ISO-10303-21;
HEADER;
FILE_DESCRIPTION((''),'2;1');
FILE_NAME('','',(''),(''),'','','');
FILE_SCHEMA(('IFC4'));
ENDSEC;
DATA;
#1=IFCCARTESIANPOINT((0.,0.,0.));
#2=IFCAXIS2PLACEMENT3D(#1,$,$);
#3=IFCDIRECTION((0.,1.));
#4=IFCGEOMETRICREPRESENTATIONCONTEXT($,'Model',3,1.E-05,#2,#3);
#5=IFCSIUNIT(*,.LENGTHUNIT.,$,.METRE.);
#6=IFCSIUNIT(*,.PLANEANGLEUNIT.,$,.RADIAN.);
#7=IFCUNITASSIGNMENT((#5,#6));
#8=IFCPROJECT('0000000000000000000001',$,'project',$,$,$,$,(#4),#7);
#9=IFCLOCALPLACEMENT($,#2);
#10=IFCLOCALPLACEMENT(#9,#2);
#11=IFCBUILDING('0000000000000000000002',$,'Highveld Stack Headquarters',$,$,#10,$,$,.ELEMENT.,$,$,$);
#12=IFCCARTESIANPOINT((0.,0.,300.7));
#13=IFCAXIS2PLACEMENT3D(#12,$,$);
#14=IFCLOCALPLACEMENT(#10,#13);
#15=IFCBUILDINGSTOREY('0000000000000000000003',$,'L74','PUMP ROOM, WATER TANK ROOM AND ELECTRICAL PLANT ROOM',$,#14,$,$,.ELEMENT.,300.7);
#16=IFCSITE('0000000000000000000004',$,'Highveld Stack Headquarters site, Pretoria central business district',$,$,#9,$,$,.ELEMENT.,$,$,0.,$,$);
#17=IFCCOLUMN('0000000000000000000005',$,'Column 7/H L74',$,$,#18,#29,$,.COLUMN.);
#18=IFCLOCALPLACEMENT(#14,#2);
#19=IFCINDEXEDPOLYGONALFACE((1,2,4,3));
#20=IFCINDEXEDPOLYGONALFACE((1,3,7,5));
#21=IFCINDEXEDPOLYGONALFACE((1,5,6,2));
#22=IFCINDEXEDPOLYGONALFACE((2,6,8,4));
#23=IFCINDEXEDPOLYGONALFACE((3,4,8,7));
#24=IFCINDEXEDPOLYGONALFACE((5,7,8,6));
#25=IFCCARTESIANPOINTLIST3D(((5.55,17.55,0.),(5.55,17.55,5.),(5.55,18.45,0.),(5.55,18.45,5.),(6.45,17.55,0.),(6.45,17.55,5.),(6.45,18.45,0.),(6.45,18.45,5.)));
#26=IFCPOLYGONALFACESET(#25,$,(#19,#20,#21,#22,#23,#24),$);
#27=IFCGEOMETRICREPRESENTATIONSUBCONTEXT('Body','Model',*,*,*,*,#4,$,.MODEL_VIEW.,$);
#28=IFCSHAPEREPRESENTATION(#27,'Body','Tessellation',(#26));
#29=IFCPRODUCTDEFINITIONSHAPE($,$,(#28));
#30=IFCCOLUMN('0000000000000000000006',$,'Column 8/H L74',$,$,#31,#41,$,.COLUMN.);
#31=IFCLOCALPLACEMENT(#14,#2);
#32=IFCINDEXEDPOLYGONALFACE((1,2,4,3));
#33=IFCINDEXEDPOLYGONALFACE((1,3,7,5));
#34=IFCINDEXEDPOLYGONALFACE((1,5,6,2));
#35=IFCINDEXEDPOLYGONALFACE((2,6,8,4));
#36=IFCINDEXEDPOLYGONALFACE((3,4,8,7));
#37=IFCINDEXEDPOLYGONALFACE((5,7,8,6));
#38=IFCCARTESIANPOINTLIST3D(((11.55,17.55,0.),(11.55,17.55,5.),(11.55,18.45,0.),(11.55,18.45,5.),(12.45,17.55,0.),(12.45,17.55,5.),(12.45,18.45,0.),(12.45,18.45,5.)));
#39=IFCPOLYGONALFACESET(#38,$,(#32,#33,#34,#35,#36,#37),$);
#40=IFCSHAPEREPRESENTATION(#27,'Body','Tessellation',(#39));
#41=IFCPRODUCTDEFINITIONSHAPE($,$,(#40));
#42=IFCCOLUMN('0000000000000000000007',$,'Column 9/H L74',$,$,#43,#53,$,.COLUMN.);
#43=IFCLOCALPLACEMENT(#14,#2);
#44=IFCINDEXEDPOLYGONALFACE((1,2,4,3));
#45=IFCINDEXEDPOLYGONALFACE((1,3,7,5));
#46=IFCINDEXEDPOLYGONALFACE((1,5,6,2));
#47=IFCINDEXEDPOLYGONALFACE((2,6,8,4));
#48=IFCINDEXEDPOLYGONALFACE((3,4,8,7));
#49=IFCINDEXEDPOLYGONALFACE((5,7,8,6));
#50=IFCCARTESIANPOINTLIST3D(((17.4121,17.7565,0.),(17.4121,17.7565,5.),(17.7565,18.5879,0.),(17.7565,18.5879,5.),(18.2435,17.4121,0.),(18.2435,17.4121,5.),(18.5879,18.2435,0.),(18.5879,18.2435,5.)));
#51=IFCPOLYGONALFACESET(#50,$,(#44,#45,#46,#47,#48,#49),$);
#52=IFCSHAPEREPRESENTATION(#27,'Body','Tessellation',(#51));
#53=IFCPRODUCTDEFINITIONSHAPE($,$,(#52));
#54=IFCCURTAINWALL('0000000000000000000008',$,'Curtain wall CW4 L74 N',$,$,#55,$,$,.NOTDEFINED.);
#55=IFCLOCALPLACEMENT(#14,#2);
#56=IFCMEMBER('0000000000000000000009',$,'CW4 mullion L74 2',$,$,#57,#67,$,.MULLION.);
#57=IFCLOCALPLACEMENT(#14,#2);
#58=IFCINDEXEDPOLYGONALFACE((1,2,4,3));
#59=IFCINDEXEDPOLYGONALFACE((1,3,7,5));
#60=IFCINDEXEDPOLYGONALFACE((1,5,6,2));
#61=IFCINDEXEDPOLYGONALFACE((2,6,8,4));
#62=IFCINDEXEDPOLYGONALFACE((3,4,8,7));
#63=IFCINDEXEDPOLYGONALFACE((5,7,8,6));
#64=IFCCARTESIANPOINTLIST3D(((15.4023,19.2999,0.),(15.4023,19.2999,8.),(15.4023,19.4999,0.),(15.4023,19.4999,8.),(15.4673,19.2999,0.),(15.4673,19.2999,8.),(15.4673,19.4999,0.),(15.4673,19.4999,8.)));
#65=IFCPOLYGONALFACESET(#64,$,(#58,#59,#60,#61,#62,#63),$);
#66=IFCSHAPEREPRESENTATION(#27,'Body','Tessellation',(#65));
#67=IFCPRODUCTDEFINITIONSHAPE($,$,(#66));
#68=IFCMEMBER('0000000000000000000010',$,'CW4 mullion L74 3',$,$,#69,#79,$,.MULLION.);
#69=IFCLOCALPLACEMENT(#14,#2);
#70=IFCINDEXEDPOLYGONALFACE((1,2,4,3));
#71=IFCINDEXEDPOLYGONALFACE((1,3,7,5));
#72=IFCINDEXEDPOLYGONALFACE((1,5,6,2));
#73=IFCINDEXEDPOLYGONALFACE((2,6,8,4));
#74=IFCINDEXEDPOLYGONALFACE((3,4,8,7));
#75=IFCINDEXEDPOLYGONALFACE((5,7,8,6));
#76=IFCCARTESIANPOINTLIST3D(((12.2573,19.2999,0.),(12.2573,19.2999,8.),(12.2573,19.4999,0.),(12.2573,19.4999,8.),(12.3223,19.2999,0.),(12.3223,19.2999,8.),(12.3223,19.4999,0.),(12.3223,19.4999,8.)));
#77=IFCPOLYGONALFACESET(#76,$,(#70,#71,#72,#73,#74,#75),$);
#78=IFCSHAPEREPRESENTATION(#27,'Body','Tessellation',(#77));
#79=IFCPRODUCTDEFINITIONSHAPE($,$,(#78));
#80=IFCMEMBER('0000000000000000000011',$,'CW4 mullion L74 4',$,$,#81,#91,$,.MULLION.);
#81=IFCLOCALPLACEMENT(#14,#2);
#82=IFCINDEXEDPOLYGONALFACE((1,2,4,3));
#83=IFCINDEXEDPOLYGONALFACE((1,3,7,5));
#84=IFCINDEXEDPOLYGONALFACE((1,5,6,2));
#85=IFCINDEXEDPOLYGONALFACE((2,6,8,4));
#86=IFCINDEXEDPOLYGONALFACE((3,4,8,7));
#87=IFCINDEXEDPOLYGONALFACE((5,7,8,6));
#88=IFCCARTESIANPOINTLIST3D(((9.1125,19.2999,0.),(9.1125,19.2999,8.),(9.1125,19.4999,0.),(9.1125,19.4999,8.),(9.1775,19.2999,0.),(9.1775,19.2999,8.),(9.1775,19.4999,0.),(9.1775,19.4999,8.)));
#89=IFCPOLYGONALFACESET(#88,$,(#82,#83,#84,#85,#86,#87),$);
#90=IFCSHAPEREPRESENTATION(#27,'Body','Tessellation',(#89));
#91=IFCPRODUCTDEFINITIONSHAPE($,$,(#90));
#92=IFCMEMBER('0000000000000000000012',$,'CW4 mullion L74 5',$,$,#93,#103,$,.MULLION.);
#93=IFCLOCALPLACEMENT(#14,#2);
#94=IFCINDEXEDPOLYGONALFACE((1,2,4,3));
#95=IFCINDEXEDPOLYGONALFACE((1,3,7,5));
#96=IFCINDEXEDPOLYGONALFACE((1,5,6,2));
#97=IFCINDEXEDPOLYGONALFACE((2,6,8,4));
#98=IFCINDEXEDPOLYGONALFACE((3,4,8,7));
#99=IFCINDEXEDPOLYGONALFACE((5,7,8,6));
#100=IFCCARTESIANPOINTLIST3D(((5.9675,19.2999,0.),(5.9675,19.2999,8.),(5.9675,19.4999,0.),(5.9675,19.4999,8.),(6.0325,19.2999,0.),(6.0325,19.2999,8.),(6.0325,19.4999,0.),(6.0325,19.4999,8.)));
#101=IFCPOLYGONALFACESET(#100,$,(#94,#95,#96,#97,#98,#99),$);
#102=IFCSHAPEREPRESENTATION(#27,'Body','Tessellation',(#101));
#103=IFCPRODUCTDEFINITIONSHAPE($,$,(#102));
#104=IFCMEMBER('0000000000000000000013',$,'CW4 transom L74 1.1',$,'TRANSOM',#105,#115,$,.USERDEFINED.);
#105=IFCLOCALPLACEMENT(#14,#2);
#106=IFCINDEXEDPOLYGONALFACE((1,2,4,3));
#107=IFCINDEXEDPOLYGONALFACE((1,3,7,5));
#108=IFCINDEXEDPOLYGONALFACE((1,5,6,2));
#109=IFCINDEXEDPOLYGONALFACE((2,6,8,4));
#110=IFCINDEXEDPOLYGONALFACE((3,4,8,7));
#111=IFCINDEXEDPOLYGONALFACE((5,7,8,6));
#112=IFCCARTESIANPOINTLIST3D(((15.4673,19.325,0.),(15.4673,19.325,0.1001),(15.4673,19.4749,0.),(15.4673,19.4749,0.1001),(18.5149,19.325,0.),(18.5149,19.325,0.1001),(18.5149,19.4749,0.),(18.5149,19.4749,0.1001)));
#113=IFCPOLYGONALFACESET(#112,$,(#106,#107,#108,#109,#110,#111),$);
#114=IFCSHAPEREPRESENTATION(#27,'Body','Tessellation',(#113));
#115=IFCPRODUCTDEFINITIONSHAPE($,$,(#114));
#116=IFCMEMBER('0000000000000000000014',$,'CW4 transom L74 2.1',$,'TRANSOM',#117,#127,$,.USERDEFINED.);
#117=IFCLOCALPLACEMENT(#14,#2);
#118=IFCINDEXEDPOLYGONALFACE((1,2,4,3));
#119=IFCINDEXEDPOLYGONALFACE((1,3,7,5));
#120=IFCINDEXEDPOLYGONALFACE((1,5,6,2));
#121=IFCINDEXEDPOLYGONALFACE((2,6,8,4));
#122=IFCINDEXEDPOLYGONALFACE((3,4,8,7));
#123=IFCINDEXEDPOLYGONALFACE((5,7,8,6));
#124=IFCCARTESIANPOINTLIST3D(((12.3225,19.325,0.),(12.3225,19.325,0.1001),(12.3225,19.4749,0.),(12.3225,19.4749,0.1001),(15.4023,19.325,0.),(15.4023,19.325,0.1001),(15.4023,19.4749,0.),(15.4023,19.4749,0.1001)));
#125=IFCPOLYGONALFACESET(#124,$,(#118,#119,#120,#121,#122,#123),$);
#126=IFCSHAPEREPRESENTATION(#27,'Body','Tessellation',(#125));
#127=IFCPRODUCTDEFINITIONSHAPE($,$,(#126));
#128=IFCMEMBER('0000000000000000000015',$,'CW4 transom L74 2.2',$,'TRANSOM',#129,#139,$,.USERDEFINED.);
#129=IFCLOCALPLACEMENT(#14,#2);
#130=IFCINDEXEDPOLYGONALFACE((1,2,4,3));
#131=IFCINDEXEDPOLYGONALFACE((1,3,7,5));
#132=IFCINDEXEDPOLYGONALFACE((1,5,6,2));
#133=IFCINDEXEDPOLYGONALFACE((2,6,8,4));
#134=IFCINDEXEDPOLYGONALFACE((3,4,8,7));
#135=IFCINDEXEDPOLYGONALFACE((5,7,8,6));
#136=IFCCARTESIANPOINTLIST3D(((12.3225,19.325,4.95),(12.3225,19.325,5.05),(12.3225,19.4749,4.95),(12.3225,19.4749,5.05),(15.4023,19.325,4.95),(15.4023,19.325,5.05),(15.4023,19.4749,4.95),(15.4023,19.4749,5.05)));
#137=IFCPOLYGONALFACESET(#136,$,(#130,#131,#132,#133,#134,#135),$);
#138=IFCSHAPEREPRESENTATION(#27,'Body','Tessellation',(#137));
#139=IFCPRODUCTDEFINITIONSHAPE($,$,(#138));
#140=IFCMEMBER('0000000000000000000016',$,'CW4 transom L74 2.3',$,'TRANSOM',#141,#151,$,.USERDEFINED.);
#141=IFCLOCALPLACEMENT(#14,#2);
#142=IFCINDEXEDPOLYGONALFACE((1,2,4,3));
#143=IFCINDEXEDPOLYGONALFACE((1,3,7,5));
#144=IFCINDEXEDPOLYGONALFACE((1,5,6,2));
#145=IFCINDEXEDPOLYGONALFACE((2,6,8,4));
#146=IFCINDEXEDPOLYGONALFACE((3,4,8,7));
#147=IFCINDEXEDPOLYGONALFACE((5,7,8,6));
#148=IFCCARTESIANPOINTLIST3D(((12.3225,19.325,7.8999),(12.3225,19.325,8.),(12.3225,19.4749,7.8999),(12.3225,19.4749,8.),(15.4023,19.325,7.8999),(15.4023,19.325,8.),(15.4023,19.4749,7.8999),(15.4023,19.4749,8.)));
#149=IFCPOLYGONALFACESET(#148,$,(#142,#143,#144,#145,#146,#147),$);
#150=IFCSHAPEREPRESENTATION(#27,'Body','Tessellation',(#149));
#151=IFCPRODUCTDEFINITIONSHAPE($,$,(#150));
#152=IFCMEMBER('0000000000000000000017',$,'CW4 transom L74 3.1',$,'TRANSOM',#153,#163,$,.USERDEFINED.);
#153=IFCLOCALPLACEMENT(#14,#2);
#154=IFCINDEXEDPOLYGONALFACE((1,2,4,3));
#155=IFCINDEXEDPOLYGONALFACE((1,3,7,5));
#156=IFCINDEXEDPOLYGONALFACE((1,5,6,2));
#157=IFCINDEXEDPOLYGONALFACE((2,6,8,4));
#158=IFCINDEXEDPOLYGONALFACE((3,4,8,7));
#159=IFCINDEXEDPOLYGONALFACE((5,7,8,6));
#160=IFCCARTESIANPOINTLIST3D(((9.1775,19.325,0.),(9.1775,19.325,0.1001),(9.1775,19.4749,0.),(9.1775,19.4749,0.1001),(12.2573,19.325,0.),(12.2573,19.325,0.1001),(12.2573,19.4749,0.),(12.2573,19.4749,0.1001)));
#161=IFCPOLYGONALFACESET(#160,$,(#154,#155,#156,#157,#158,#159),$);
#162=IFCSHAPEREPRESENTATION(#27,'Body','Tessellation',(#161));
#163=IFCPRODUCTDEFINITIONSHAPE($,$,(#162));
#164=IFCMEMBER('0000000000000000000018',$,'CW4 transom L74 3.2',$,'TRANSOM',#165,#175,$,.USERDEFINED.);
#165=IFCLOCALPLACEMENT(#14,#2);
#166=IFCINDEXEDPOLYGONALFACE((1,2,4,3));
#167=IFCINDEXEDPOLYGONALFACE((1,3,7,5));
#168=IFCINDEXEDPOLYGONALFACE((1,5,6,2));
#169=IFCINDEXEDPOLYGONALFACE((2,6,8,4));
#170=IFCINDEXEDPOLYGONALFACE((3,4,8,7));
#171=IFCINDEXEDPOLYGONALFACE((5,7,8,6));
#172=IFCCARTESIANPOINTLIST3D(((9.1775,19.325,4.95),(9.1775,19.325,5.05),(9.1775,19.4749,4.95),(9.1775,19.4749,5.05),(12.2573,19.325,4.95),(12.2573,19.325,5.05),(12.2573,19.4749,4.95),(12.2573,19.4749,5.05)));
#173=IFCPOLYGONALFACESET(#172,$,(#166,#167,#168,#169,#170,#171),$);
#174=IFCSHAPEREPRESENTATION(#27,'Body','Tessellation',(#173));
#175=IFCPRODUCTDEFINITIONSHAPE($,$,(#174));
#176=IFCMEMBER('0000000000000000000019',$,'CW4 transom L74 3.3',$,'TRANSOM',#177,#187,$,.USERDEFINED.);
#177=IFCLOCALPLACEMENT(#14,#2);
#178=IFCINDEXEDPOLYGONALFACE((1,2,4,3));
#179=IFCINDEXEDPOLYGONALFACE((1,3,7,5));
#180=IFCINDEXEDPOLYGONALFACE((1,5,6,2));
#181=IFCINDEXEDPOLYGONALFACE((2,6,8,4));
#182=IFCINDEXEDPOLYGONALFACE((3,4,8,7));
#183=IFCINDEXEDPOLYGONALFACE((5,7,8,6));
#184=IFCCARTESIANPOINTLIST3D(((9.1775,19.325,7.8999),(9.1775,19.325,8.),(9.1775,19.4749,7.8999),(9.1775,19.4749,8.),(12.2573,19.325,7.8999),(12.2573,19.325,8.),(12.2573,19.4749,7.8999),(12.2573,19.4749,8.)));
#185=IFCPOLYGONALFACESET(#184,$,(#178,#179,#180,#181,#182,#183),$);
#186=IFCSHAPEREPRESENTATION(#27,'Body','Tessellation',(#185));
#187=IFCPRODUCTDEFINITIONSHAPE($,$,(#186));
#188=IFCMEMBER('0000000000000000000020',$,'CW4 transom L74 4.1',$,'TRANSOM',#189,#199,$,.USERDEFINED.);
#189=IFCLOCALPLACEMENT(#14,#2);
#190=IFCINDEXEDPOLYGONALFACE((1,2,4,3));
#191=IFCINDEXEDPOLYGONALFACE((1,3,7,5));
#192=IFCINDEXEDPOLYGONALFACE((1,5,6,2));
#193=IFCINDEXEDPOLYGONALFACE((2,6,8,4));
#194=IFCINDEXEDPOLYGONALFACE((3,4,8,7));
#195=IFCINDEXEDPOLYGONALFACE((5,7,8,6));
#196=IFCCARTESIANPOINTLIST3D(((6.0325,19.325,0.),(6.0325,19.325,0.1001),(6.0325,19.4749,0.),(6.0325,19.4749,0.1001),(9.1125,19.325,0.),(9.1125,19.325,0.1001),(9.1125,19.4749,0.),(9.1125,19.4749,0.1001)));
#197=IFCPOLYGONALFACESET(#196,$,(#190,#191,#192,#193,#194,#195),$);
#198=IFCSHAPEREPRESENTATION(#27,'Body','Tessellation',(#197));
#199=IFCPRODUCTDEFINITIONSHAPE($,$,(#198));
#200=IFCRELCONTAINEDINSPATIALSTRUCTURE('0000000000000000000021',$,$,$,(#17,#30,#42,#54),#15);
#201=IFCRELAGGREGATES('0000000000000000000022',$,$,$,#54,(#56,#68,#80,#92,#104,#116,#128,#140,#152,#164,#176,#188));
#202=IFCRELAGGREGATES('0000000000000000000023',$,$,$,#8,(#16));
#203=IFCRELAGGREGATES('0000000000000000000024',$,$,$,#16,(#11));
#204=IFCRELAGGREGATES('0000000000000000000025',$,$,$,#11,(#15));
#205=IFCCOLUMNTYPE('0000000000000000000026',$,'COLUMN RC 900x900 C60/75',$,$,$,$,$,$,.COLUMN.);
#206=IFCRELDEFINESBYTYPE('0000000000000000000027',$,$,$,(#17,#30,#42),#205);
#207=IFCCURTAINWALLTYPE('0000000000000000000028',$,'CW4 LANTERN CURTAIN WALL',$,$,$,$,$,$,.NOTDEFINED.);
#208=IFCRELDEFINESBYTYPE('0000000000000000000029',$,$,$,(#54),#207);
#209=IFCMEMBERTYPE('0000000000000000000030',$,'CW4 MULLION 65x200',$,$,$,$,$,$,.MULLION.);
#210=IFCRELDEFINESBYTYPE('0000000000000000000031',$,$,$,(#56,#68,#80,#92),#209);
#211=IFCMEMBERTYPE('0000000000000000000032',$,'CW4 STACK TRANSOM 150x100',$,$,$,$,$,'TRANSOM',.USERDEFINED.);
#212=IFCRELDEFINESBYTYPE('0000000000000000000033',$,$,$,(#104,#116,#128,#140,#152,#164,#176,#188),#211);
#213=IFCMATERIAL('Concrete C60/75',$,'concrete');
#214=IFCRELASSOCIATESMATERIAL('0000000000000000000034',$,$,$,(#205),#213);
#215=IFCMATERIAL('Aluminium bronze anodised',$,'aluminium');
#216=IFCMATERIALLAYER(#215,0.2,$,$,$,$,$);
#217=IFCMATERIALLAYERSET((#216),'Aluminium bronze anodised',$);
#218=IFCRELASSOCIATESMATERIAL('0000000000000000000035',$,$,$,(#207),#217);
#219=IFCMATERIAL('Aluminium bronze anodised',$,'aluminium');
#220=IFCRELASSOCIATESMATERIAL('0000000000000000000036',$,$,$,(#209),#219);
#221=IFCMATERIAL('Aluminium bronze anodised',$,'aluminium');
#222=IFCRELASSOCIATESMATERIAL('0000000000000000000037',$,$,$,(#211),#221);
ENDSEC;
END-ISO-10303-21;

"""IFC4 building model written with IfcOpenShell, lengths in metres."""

from ifc_helpers import new_model, si_unit, direction, frame, origin, origin_2d, place, context, subcontext, project, spatial, rectangle, extrude, material, layer, layer_set, material_profile, profile_set, type_object, element, aggregate, save


model = new_model("IFC4")

# Units and contexts
model_context = context("Model", 3, precision=1e-05, world=origin(), true_north=direction((0.0, 1.0)))
body_context = subcontext(model_context, "Body", "Model", "MODEL_VIEW")
ifc_project = project(units=[si_unit("LENGTHUNIT", "METRE"), si_unit("PLANEANGLEUNIT", "RADIAN")], contexts=[model_context])

# Site, building, storey
site_placement = place(None, origin())
site = spatial("IfcSite", under=ifc_project, at=site_placement, Name="Highveld Stack Headquarters site, Pretoria central business district", CompositionType="ELEMENT", RefElevation=0.0)
building_placement = place(site_placement, origin())
building = spatial("IfcBuilding", under=site, at=building_placement, Name="Highveld Stack Headquarters", CompositionType="ELEMENT")
storey_placement = place(building_placement, frame((0.0, 0.0, 300.7)))
storey = spatial("IfcBuildingStorey", under=building, at=storey_placement, Name="L74", Description="PUMP ROOM, WATER TANK ROOM AND ELECTRICAL PLANT ROOM", CompositionType="ELEMENT", Elevation=300.7)

# Columns
ifc_material_1 = material(Name="Concrete C60/75", Category="concrete")
ifc_material_profile_1 = material_profile(ifc_material_1, rectangle(XDim=0.8999, YDim=0.8999, at=origin_2d()), Name="RC 900x900")
ifc_profile_set_1 = profile_set([ifc_material_profile_1], Name="Concrete C60/75")
column_type = type_object("IfcColumnType", Name="COLUMN RC 900x900 C60/75", PredefinedType="COLUMN", material=ifc_profile_set_1)
for number, where, z_axis, x_axis, name in (
    (1, (6.0, 18.0, 0.0), (0.0, 0.0, 1.0), (1.0, 0.0, 0.0), "Column 7/H L74"),
    (2, (12.0, 18.0, 0.0), (0.0, 0.0, 1.0), (1.0, 0.0, 0.0), "Column 8/H L74"),
    (3, (18.0, 18.0, 0.0), (0.0, 0.0, 1.0), (0.92388, -0.382683, 0.0), "Column 9/H L74"),
):
    element("IfcColumn", number, at=place(storey_placement, frame(where, z_axis=z_axis, x_axis=x_axis)), inside=storey, type_object=column_type, Name=name, PredefinedType="COLUMN", context=body_context, shape_type="SweptSolid", body=[
        extrude(rectangle(XDim=0.8999, YDim=0.8999, at=origin_2d()), origin(), (0.0, 0.0, 1.0), 5.0),
    ])

# Curtain wall, members
ifc_material_2 = material(Name="Aluminium bronze anodised", Category="aluminium")
ifc_layer_1 = layer(ifc_material_2, 0.2)
ifc_layer_set_1 = layer_set([ifc_layer_1], Name="Aluminium bronze anodised")
curtain_wall_type = type_object("IfcCurtainWallType", Name="CW4 LANTERN CURTAIN WALL", PredefinedType="NOTDEFINED", material=ifc_layer_set_1)
curtain_wall_placement = place(storey_placement, origin())
curtain_wall = element("IfcCurtainWall", 4, at=curtain_wall_placement, inside=storey, type_object=curtain_wall_type, Name="Curtain wall CW4 L74 N", PredefinedType="NOTDEFINED")
ifc_material_3 = material(Name="Aluminium bronze anodised", Category="aluminium")
ifc_material_profile_2 = material_profile(ifc_material_3, rectangle(XDim=0.2, YDim=0.0649, at=origin_2d()), Name="CW4 MULLION 65x200")
ifc_profile_set_2 = profile_set([ifc_material_profile_2], Name="Aluminium bronze anodised")
member_type_1 = type_object("IfcMemberType", Name="CW4 MULLION 65x200", PredefinedType="MULLION", material=ifc_profile_set_2)
member_1_placement = place(storey_placement, frame((15.4348, 19.3999, 0.0), z_axis=(0.0, 0.0, 1.0), x_axis=(0.0, -1.0, 0.0)))
member_1 = element("IfcMember", 5, at=member_1_placement, type_object=member_type_1, Name="CW4 mullion L74 2", PredefinedType="MULLION", context=body_context, shape_type="SweptSolid", body=[
    extrude(rectangle(XDim=0.2, YDim=0.0649, at=origin_2d()), origin(), (0.0, 0.0, 1.0), 8.0),
])
member_2_placement = place(storey_placement, frame((12.2898, 19.3999, 0.0), z_axis=(0.0, 0.0, 1.0), x_axis=(0.0, -1.0, 0.0)))
member_2 = element("IfcMember", 6, at=member_2_placement, type_object=member_type_1, Name="CW4 mullion L74 3", PredefinedType="MULLION", context=body_context, shape_type="SweptSolid", body=[
    extrude(rectangle(XDim=0.2, YDim=0.0649, at=origin_2d()), origin(), (0.0, 0.0, 1.0), 8.0),
])
member_3_placement = place(storey_placement, frame((9.145, 19.3999, 0.0), z_axis=(0.0, 0.0, 1.0), x_axis=(0.0, -1.0, 0.0)))
member_3 = element("IfcMember", 7, at=member_3_placement, type_object=member_type_1, Name="CW4 mullion L74 4", PredefinedType="MULLION", context=body_context, shape_type="SweptSolid", body=[
    extrude(rectangle(XDim=0.2, YDim=0.0649, at=origin_2d()), origin(), (0.0, 0.0, 1.0), 8.0),
])
member_4_placement = place(storey_placement, frame((6.0, 19.3999, 0.0), z_axis=(0.0, 0.0, 1.0), x_axis=(0.0, -1.0, 0.0)))
member_4 = element("IfcMember", 8, at=member_4_placement, type_object=member_type_1, Name="CW4 mullion L74 5", PredefinedType="MULLION", context=body_context, shape_type="SweptSolid", body=[
    extrude(rectangle(XDim=0.2, YDim=0.0649, at=origin_2d()), origin(), (0.0, 0.0, 1.0), 8.0),
])
ifc_material_4 = material(Name="Aluminium bronze anodised", Category="aluminium")
ifc_material_profile_3 = material_profile(ifc_material_4, rectangle(XDim=0.1499, YDim=0.1001, at=origin_2d()), Name="CW4 TRANSOM 150x100")
ifc_profile_set_3 = profile_set([ifc_material_profile_3], Name="Aluminium bronze anodised")
member_type_2 = type_object("IfcMemberType", Name="CW4 STACK TRANSOM 150x100", ElementType="TRANSOM", PredefinedType="USERDEFINED", material=ifc_profile_set_3)
member_5_placement = place(storey_placement, frame((18.5149, 19.3999, 0.05), z_axis=(-1.0, 0.0, 0.0), x_axis=(0.0, -1.0, 0.0)))
member_5 = element("IfcMember", 9, at=member_5_placement, type_object=member_type_2, Name="CW4 transom L74 1.1", ObjectType="TRANSOM", PredefinedType="USERDEFINED", context=body_context, shape_type="SweptSolid", body=[
    extrude(rectangle(XDim=0.1499, YDim=0.1001, at=origin_2d()), origin(), (0.0, 0.0, 1.0), 3.0476),
])
member_6_placement = place(storey_placement, frame((15.4023, 19.3999, 0.05), z_axis=(-1.0, 0.0, 0.0), x_axis=(0.0, -1.0, 0.0)))
member_6 = element("IfcMember", 10, at=member_6_placement, type_object=member_type_2, Name="CW4 transom L74 2.1", ObjectType="TRANSOM", PredefinedType="USERDEFINED", context=body_context, shape_type="SweptSolid", body=[
    extrude(rectangle(XDim=0.1499, YDim=0.1001, at=origin_2d()), origin(), (0.0, 0.0, 1.0), 3.0798),
])
member_7_placement = place(storey_placement, frame((15.4023, 19.3999, 5.0), z_axis=(-1.0, 0.0, 0.0), x_axis=(0.0, -1.0, 0.0)))
member_7 = element("IfcMember", 11, at=member_7_placement, type_object=member_type_2, Name="CW4 transom L74 2.2", ObjectType="TRANSOM", PredefinedType="USERDEFINED", context=body_context, shape_type="SweptSolid", body=[
    extrude(rectangle(XDim=0.1499, YDim=0.1001, at=origin_2d()), origin(), (0.0, 0.0, 1.0), 3.0798),
])
member_8_placement = place(storey_placement, frame((15.4023, 19.3999, 7.95), z_axis=(-1.0, 0.0, 0.0), x_axis=(0.0, -1.0, 0.0)))
member_8 = element("IfcMember", 12, at=member_8_placement, type_object=member_type_2, Name="CW4 transom L74 2.3", ObjectType="TRANSOM", PredefinedType="USERDEFINED", context=body_context, shape_type="SweptSolid", body=[
    extrude(rectangle(XDim=0.1499, YDim=0.1001, at=origin_2d()), origin(), (0.0, 0.0, 1.0), 3.0798),
])
member_9_placement = place(storey_placement, frame((12.2573, 19.3999, 0.05), z_axis=(-1.0, 0.0, 0.0), x_axis=(0.0, -1.0, 0.0)))
member_9 = element("IfcMember", 13, at=member_9_placement, type_object=member_type_2, Name="CW4 transom L74 3.1", ObjectType="TRANSOM", PredefinedType="USERDEFINED", context=body_context, shape_type="SweptSolid", body=[
    extrude(rectangle(XDim=0.1499, YDim=0.1001, at=origin_2d()), origin(), (0.0, 0.0, 1.0), 3.0798),
])
member_10_placement = place(storey_placement, frame((12.2573, 19.3999, 5.0), z_axis=(-1.0, 0.0, 0.0), x_axis=(0.0, -1.0, 0.0)))
member_10 = element("IfcMember", 14, at=member_10_placement, type_object=member_type_2, Name="CW4 transom L74 3.2", ObjectType="TRANSOM", PredefinedType="USERDEFINED", context=body_context, shape_type="SweptSolid", body=[
    extrude(rectangle(XDim=0.1499, YDim=0.1001, at=origin_2d()), origin(), (0.0, 0.0, 1.0), 3.0798),
])
member_11_placement = place(storey_placement, frame((12.2573, 19.3999, 7.95), z_axis=(-1.0, 0.0, 0.0), x_axis=(0.0, -1.0, 0.0)))
member_11 = element("IfcMember", 15, at=member_11_placement, type_object=member_type_2, Name="CW4 transom L74 3.3", ObjectType="TRANSOM", PredefinedType="USERDEFINED", context=body_context, shape_type="SweptSolid", body=[
    extrude(rectangle(XDim=0.1499, YDim=0.1001, at=origin_2d()), origin(), (0.0, 0.0, 1.0), 3.0798),
])
member_12_placement = place(storey_placement, frame((9.1125, 19.3999, 0.05), z_axis=(-1.0, 0.0, 0.0), x_axis=(0.0, -1.0, 0.0)))
member_12 = element("IfcMember", 16, at=member_12_placement, type_object=member_type_2, Name="CW4 transom L74 4.1", ObjectType="TRANSOM", PredefinedType="USERDEFINED", context=body_context, shape_type="SweptSolid", body=[
    extrude(rectangle(XDim=0.1499, YDim=0.1001, at=origin_2d()), origin(), (0.0, 0.0, 1.0), 3.0801),
])
aggregate(curtain_wall, [member_1, member_2, member_3, member_4, member_5, member_6, member_7, member_8, member_9, member_10, member_11, member_12])

save(model, "model.ifc")
